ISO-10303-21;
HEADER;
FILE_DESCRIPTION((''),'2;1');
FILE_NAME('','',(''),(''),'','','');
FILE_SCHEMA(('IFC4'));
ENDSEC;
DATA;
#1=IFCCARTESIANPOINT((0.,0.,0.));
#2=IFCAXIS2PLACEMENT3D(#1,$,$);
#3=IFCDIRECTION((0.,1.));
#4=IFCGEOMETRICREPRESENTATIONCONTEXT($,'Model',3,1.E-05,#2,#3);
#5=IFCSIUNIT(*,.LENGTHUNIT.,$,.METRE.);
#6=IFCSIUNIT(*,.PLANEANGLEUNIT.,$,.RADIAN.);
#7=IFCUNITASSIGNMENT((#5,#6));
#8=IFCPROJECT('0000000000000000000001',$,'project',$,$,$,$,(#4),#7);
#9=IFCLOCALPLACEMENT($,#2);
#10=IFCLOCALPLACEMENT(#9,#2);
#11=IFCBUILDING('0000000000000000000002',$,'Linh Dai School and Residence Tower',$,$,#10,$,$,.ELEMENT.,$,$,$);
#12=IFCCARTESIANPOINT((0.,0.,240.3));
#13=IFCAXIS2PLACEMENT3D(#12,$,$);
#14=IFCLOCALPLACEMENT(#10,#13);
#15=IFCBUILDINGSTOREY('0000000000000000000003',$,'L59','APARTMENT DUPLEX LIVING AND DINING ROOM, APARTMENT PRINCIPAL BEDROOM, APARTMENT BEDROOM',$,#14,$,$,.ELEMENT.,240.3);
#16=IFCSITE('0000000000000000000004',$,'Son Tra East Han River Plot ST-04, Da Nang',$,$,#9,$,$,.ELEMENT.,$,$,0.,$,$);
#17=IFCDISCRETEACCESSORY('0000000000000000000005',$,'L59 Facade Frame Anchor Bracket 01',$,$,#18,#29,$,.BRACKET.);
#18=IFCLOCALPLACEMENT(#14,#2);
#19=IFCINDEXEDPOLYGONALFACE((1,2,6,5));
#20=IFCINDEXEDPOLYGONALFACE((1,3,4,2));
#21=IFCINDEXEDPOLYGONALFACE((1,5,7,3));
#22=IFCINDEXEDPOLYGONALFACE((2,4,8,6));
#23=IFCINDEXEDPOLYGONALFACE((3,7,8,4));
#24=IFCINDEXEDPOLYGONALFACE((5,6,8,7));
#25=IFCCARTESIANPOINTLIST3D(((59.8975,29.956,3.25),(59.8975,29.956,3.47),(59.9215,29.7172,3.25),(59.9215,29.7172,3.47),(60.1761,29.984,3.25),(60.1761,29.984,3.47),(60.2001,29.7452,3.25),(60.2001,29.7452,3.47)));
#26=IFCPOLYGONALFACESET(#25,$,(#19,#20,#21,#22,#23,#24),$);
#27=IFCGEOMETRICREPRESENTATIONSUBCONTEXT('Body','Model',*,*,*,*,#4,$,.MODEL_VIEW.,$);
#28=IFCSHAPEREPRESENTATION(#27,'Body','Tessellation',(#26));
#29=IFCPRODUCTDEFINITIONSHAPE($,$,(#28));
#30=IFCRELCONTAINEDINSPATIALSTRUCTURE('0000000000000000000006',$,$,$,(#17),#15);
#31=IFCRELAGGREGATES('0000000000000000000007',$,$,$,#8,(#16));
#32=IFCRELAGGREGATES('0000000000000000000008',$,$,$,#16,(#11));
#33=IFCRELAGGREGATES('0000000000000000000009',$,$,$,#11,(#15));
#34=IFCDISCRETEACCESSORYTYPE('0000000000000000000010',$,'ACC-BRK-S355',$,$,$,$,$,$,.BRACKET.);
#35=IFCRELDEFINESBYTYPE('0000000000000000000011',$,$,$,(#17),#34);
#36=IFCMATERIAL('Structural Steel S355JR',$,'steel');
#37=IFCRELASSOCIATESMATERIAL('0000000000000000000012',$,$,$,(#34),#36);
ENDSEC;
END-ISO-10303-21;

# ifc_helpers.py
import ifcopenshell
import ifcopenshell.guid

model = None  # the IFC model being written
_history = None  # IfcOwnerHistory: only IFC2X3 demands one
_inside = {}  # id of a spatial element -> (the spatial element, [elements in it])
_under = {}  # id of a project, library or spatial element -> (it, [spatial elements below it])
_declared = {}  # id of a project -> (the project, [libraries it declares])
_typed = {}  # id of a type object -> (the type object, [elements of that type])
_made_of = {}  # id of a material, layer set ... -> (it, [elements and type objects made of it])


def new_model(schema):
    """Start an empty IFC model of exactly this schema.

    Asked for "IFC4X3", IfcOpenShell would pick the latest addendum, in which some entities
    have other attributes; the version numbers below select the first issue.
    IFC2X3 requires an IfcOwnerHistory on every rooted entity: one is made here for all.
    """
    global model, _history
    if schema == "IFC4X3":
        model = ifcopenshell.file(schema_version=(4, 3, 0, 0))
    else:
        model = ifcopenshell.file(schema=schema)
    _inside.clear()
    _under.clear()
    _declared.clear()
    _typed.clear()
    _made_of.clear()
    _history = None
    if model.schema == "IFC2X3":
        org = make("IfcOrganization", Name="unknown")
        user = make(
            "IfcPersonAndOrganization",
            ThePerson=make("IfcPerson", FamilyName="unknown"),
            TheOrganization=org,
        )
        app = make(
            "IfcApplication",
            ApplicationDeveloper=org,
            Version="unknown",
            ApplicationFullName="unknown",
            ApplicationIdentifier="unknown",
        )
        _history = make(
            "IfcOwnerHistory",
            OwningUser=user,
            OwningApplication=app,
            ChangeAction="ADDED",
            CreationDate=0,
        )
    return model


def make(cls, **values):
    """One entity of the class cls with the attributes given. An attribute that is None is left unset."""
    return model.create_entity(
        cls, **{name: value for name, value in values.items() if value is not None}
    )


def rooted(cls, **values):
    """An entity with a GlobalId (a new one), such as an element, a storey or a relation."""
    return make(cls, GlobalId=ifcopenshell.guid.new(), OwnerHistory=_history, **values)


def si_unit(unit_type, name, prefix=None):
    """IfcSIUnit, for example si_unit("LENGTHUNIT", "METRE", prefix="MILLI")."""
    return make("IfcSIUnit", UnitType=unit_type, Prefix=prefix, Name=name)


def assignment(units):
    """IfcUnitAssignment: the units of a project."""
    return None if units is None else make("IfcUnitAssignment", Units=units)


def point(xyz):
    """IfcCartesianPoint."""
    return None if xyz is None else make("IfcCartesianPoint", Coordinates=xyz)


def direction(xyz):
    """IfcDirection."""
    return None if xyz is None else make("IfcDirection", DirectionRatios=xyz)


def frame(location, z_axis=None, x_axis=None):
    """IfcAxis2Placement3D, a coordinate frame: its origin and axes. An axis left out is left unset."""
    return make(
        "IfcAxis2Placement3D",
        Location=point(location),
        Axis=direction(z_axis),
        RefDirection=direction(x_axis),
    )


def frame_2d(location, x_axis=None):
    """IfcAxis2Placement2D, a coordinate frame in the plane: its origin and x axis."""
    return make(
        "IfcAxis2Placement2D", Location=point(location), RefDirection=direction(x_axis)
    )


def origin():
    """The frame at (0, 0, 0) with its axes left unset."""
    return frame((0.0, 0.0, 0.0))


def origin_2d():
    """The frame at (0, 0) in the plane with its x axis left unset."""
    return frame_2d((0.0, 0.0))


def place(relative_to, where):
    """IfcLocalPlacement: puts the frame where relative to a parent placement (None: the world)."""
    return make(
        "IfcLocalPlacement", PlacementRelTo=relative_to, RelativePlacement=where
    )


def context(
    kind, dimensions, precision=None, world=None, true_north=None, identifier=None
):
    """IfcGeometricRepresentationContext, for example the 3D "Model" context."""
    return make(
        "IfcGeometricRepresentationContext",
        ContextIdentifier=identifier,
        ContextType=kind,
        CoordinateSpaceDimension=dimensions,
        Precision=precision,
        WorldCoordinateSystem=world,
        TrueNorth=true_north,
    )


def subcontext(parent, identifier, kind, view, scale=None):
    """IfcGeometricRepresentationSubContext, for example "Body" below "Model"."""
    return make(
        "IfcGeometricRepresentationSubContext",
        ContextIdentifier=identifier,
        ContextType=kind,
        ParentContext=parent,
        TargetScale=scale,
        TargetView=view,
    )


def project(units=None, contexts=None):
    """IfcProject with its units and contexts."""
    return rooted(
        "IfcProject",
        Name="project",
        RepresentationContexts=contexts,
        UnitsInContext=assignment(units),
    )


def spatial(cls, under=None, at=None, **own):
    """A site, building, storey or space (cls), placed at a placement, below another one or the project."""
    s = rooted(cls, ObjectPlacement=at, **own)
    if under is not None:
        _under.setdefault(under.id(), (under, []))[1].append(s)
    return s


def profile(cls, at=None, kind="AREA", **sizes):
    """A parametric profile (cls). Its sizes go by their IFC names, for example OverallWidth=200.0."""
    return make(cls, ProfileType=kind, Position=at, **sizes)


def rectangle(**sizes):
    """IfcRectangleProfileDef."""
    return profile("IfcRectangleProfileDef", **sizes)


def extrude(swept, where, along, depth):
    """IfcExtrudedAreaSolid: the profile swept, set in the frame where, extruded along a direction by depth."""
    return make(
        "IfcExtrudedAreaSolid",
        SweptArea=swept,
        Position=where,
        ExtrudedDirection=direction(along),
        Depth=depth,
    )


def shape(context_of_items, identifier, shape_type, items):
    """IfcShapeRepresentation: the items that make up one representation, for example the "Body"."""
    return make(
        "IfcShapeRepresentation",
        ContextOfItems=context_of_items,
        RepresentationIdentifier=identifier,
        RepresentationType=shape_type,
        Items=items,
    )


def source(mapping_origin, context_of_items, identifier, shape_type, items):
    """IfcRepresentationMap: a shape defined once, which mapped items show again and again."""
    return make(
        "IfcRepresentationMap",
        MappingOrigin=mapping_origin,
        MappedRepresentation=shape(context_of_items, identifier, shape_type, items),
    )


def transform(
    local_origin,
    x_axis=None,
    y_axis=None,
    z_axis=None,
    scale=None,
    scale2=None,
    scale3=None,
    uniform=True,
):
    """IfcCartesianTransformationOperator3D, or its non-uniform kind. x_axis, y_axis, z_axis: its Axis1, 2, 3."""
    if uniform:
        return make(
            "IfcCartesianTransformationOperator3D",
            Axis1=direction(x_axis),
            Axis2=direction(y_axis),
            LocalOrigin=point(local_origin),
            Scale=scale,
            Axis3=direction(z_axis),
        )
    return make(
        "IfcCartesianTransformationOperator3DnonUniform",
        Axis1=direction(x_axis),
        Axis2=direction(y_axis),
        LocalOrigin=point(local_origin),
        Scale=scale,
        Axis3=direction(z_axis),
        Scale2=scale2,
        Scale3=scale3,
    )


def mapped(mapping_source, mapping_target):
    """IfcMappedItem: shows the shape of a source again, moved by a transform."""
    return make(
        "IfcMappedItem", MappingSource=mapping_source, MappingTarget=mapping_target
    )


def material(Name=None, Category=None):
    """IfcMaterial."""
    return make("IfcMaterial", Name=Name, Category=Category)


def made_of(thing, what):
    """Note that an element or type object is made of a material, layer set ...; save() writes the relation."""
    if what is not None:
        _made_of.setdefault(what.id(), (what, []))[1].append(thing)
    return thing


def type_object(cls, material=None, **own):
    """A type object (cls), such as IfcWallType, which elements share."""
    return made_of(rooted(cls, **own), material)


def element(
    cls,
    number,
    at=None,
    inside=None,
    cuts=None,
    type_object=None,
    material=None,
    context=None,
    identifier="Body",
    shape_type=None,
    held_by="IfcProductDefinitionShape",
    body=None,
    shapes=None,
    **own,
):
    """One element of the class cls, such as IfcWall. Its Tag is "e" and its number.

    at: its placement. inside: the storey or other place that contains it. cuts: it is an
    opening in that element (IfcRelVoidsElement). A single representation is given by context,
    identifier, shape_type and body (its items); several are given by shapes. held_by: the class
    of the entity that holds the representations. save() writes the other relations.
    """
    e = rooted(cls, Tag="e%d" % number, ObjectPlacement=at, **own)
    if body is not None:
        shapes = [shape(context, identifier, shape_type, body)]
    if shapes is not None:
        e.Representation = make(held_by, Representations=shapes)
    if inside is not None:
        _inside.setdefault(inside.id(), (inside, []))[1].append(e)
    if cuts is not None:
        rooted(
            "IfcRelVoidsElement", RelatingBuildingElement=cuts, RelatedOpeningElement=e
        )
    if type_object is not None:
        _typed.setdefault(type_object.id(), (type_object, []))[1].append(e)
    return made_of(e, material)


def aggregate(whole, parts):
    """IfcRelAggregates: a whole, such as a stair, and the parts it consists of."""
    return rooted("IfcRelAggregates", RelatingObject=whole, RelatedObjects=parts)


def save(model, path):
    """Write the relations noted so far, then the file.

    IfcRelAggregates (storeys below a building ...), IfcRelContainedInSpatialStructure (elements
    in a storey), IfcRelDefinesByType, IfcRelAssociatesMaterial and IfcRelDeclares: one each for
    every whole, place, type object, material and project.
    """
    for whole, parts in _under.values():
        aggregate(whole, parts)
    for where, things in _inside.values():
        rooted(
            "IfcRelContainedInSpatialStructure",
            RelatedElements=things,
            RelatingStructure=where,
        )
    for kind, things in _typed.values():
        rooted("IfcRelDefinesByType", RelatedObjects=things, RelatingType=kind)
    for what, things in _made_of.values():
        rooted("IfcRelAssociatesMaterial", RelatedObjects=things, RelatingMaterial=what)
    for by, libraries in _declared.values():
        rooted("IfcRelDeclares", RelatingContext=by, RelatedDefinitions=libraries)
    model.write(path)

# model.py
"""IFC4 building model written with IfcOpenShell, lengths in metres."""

from ifc_helpers import new_model, si_unit, direction, frame, origin, origin_2d, place, context, subcontext, project, spatial, rectangle, extrude, source, transform, mapped, material, type_object, element, save


model = new_model("IFC4")

# Units and contexts
model_context = context("Model", 3, precision=1e-05, world=origin(), true_north=direction((0.0, 1.0)))
body_context = subcontext(model_context, "Body", "Model", "MODEL_VIEW")
ifc_project = project(units=[si_unit("LENGTHUNIT", "METRE"), si_unit("PLANEANGLEUNIT", "RADIAN")], contexts=[model_context])

# Site, building, storey
site_placement = place(None, origin())
site = spatial("IfcSite", under=ifc_project, at=site_placement, Name="Son Tra East Han River Plot ST-04, Da Nang", CompositionType="ELEMENT", RefElevation=0.0)
building_placement = place(site_placement, origin())
building = spatial("IfcBuilding", under=site, at=building_placement, Name="Linh Dai School and Residence Tower", CompositionType="ELEMENT")
storey_placement = place(building_placement, frame((0.0, 0.0, 240.3)))
storey = spatial("IfcBuildingStorey", under=building, at=storey_placement, Name="L59", Description="APARTMENT DUPLEX LIVING AND DINING ROOM, APARTMENT PRINCIPAL BEDROOM, APARTMENT BEDROOM", CompositionType="ELEMENT", Elevation=240.3)

# Shared definitions
ifc_material_1 = material(Name="Structural Steel S355JR", Category="steel")

# Discrete accessory
discrete_accessory_type = type_object("IfcDiscreteAccessoryType", Name="ACC-BRK-S355", PredefinedType="BRACKET", material=ifc_material_1)
shared_shape_1 = source(origin(), body_context, "Body", "SweptSolid", [
    extrude(rectangle(XDim=0.28, YDim=0.24, at=origin_2d()), origin(), (0.0, 0.0, 1.0), 0.22),
])
discrete_accessory_placement = place(storey_placement, frame((60.0488, 29.8506, 3.25), z_axis=(0.0, 0.0, 1.0), x_axis=(0.994986, 0.100012, 0.0)))
element("IfcDiscreteAccessory", 1, at=discrete_accessory_placement, inside=storey, type_object=discrete_accessory_type, Name="L59 Facade Frame Anchor Bracket 01", PredefinedType="BRACKET", context=body_context, shape_type="MappedRepresentation", body=[
    mapped(shared_shape_1, transform((0.0, 0.0, 0.0), x_axis=(1.0, 0.0, 0.0), y_axis=(0.0, 1.0, 0.0), z_axis=(0.0, 0.0, 1.0), scale=1.0)),
])

save(model, "model.ifc")
